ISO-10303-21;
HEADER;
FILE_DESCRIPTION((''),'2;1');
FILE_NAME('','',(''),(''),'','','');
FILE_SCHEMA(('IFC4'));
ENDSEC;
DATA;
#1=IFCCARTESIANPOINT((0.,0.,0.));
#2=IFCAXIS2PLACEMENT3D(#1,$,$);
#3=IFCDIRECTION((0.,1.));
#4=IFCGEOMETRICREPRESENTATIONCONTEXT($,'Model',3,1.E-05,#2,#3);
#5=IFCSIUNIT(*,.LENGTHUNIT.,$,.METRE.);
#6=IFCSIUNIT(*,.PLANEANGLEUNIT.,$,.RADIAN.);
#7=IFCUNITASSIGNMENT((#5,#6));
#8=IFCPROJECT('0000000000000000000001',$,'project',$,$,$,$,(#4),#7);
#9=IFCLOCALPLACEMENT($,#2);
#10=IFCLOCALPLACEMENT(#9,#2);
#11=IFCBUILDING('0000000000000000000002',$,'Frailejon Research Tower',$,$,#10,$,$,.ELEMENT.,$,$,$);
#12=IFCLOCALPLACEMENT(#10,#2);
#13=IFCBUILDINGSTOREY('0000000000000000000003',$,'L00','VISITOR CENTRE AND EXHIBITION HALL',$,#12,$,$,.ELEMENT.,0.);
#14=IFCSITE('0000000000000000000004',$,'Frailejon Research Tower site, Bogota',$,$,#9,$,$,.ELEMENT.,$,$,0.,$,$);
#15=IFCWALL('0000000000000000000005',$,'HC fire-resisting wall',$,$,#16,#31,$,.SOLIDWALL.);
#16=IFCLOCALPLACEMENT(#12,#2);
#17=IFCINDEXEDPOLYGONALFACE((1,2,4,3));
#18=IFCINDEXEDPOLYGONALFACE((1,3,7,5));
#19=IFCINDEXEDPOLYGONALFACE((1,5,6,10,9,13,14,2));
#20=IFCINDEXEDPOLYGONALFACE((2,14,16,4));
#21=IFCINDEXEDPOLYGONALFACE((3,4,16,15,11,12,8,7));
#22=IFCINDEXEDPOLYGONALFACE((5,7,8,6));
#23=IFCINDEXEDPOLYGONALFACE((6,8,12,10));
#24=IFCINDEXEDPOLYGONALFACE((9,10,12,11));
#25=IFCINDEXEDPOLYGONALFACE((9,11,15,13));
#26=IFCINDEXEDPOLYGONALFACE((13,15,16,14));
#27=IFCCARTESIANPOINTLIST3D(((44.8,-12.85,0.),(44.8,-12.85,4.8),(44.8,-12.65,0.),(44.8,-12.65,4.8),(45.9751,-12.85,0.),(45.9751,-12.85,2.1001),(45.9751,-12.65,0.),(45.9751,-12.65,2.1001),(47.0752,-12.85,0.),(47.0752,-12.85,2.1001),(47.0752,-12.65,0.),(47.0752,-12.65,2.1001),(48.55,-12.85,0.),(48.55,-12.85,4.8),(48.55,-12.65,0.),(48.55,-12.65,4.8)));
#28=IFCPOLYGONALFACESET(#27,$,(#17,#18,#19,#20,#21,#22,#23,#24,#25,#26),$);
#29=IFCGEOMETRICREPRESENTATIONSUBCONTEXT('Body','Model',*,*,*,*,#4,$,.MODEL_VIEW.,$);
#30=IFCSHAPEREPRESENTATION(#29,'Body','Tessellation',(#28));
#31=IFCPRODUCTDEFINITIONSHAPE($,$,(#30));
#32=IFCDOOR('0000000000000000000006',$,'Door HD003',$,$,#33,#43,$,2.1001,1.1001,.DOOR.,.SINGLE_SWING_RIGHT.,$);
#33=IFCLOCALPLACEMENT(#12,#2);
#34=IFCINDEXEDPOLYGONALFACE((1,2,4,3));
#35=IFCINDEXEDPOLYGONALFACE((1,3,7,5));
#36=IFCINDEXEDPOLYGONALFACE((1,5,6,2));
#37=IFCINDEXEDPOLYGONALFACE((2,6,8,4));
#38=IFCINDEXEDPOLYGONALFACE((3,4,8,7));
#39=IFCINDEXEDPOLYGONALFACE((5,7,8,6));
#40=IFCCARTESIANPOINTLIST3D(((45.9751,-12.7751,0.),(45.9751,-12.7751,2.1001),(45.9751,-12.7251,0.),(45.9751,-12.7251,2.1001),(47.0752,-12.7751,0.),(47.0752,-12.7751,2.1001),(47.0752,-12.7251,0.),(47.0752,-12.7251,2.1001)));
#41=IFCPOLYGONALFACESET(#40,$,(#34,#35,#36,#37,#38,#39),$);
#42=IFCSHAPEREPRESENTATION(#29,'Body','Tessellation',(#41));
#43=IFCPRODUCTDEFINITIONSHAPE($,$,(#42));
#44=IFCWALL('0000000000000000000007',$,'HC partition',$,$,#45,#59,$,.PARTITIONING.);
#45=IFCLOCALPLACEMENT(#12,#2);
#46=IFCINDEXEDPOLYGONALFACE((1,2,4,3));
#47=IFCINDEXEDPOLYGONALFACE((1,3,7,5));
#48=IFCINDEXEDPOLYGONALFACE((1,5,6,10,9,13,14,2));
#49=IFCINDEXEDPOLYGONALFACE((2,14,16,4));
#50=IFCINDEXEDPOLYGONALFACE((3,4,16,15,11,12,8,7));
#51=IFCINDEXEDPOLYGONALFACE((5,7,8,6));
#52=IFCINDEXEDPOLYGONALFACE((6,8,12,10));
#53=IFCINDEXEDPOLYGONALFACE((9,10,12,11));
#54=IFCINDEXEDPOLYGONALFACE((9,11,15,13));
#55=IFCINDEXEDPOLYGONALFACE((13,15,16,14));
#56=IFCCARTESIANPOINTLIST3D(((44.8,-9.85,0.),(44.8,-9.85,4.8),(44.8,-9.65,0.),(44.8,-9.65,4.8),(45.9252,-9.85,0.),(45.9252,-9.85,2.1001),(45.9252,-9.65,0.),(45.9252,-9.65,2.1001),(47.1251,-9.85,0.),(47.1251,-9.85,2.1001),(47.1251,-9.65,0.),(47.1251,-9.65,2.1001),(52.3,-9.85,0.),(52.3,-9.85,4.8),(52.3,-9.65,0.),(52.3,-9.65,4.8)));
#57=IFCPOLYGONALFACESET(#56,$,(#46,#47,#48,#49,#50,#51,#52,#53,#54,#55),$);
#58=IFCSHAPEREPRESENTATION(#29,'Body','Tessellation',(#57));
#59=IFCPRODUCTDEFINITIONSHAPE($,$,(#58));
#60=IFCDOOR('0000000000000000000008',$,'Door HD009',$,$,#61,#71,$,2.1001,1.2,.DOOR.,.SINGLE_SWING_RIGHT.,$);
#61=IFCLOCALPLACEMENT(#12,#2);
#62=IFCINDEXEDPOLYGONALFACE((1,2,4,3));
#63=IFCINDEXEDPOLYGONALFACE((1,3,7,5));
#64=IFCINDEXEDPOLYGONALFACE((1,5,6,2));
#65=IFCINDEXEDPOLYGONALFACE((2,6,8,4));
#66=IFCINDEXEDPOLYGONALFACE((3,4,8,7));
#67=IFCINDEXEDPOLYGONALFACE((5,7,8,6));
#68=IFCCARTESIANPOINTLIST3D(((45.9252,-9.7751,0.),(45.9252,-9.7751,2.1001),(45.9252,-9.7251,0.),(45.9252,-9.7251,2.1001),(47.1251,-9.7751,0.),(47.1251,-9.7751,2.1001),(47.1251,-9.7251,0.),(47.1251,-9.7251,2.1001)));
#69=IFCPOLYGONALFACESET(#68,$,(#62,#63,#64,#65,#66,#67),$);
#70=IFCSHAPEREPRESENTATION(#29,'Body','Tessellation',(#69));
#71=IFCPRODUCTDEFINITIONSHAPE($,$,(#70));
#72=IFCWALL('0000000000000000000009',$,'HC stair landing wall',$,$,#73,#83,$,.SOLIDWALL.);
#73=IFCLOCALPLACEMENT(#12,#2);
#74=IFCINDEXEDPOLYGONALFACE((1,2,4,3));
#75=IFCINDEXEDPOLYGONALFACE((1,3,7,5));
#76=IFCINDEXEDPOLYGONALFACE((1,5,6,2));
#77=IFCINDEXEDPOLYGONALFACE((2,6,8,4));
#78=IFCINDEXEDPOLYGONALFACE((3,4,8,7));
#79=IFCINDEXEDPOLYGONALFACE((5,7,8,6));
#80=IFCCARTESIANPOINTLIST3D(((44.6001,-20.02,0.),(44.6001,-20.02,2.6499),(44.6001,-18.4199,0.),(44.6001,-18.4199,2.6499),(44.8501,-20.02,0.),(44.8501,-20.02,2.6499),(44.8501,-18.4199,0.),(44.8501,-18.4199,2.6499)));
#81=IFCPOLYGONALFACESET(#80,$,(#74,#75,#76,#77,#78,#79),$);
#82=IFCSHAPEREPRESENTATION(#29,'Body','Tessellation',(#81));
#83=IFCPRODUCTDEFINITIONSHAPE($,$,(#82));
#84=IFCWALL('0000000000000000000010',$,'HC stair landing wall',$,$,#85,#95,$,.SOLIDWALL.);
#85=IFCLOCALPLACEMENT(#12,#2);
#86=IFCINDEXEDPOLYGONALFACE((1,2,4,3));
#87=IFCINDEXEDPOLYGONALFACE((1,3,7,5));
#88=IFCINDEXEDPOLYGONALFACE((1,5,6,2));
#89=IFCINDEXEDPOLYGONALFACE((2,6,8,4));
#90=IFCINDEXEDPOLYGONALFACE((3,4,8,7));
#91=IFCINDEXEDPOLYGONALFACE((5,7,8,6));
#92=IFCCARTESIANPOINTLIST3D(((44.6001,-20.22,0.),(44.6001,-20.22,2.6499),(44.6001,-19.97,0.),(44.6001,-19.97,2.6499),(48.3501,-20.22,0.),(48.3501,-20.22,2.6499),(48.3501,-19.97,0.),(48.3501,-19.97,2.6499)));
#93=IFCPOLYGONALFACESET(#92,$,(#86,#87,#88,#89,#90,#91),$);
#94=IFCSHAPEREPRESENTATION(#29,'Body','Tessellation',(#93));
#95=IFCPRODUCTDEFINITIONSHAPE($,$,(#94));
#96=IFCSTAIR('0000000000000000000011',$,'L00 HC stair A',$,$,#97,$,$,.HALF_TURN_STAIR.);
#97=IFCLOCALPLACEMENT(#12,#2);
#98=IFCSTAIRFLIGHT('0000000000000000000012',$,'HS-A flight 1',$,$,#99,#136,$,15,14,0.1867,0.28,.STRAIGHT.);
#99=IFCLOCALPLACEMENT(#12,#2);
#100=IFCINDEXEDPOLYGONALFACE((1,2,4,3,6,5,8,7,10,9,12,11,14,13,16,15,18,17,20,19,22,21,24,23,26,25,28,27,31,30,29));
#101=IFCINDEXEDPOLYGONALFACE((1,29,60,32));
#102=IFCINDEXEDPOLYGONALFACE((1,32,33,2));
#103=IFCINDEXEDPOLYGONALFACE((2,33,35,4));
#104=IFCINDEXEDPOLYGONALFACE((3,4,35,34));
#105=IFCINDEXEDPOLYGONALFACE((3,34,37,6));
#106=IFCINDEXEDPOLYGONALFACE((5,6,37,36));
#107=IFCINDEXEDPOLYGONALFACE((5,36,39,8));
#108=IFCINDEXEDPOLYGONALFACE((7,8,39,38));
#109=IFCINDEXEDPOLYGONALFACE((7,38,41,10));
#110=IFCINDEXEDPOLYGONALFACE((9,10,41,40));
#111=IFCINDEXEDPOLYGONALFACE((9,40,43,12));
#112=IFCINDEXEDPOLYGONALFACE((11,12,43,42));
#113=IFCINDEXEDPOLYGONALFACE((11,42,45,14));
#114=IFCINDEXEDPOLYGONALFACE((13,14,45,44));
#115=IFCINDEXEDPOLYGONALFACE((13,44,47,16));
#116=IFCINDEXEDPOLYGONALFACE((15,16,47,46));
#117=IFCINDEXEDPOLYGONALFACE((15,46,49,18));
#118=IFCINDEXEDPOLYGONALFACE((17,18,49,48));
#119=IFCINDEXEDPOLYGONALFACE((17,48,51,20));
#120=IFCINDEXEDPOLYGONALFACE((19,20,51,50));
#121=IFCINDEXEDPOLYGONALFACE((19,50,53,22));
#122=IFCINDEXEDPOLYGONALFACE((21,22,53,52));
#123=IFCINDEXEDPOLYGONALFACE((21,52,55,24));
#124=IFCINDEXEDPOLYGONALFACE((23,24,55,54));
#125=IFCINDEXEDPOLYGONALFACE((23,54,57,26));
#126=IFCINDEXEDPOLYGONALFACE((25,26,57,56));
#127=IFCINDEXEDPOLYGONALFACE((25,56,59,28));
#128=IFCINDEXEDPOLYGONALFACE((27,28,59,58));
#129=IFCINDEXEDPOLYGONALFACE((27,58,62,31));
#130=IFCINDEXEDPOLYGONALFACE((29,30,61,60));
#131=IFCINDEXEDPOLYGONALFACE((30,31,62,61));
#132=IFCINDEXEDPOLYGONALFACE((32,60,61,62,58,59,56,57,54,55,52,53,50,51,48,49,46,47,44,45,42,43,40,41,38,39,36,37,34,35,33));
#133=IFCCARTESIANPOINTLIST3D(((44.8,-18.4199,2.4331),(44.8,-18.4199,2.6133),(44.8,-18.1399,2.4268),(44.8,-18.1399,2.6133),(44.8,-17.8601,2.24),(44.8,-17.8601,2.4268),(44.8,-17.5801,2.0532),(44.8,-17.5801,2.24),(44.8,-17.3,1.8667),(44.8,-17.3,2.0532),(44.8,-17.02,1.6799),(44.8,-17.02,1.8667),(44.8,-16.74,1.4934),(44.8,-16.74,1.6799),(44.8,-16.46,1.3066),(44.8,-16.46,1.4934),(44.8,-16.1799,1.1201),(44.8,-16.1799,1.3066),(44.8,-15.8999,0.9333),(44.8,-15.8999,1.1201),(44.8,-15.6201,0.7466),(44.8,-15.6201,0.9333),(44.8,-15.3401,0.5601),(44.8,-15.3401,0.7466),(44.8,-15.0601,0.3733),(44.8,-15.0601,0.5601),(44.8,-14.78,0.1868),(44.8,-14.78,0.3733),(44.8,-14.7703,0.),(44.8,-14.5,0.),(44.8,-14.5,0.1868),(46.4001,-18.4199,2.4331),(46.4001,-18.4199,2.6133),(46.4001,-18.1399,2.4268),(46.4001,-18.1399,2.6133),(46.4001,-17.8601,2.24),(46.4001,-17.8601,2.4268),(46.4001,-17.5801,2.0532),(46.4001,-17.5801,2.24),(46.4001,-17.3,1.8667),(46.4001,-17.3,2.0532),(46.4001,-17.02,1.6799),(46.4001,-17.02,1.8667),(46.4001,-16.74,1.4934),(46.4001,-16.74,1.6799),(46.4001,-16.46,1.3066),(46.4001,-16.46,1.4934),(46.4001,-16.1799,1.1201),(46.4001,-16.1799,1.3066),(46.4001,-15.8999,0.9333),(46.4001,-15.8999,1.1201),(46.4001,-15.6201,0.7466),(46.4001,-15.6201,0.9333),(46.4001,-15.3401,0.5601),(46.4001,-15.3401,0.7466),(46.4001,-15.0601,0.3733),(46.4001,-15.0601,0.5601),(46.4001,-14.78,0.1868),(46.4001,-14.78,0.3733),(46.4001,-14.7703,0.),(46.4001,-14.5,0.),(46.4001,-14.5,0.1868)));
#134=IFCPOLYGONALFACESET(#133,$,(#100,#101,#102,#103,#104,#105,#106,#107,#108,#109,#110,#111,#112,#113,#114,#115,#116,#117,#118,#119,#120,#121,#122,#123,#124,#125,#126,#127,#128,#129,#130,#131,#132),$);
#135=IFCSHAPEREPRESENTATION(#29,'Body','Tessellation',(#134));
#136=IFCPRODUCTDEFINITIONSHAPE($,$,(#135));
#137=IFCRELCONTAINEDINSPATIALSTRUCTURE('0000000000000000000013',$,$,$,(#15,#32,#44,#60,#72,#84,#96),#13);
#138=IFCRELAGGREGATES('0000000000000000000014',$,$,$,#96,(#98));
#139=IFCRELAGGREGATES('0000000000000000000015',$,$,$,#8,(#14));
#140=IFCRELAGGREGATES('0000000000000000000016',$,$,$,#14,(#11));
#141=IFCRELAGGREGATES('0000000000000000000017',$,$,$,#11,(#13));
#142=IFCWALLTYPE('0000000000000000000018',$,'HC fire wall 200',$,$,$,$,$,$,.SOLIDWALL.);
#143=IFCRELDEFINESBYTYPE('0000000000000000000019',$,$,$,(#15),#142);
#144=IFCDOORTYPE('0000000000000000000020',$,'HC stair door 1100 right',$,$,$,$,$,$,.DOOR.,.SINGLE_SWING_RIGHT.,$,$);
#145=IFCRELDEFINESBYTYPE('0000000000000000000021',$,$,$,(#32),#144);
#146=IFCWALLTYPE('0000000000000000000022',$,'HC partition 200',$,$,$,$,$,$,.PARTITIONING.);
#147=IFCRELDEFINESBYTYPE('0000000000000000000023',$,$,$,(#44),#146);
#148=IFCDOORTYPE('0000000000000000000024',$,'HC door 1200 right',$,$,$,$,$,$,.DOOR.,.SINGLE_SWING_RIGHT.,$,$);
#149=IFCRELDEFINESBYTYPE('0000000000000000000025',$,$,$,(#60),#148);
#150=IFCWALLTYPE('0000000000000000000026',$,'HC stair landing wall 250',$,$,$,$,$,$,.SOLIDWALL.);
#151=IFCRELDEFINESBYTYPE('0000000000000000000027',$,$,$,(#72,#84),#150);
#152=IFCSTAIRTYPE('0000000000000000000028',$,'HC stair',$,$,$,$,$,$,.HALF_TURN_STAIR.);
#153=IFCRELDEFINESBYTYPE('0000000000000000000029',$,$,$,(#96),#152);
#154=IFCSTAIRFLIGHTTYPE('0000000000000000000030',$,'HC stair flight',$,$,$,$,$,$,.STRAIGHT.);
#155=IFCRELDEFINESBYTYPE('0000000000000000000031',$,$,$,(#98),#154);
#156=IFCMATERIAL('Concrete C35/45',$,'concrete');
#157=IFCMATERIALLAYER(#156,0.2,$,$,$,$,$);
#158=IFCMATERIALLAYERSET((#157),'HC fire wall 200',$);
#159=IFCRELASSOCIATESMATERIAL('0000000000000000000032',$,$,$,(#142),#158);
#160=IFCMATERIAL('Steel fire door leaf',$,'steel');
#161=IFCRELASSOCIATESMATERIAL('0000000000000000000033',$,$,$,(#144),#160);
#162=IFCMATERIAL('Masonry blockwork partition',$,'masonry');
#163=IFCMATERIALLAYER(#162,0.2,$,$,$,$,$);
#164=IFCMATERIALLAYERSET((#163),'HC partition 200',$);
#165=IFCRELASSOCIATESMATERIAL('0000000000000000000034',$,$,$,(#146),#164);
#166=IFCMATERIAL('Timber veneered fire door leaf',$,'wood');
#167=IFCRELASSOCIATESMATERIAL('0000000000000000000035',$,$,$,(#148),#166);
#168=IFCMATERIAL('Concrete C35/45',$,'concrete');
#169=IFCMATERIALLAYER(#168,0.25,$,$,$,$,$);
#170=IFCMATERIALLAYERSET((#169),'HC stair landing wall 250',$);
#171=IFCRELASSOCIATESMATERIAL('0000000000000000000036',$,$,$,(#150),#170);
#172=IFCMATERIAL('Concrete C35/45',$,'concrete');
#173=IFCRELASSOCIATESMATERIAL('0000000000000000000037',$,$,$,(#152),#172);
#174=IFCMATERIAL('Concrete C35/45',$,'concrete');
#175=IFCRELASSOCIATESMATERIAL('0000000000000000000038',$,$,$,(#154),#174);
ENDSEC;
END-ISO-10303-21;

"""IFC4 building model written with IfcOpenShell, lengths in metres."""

from ifc_helpers import new_model, si_unit, direction, frame, frame_2d, origin, place, context, subcontext, project, spatial, polyline, rectangle, outline, extrude, material, layer, layer_set, type_object, element, fill, aggregate, save


model = new_model("IFC4")

# Units and contexts
model_context = context("Model", 3, precision=1e-05, world=origin(), true_north=direction((0.0, 1.0)))
body_context = subcontext(model_context, "Body", "Model", "MODEL_VIEW")
ifc_project = project(units=[si_unit("LENGTHUNIT", "METRE"), si_unit("PLANEANGLEUNIT", "RADIAN")], contexts=[model_context])

# Site, building, storey
site_placement = place(None, origin())
site = spatial("IfcSite", under=ifc_project, at=site_placement, Name="Frailejon Research Tower site, Bogota", CompositionType="ELEMENT", RefElevation=0.0)
building_placement = place(site_placement, origin())
building = spatial("IfcBuilding", under=site, at=building_placement, Name="Frailejon Research Tower", CompositionType="ELEMENT")
storey_placement = place(building_placement, origin())
storey = spatial("IfcBuildingStorey", under=building, at=storey_placement, Name="L00", Description="VISITOR CENTRE AND EXHIBITION HALL", CompositionType="ELEMENT", Elevation=0.0)

# Walls, openings, doors
ifc_material_1 = material(Name="Concrete C35/45", Category="concrete")
ifc_layer_1 = layer(ifc_material_1, 0.2)
ifc_layer_set_1 = layer_set([ifc_layer_1], Name="HC fire wall 200")
wall_type_1 = type_object("IfcWallType", Name="HC fire wall 200", PredefinedType="SOLIDWALL", material=ifc_layer_set_1)
wall_1_placement = place(storey_placement, frame((44.8, -12.75, 0.0), z_axis=(0.0, 0.0, 1.0), x_axis=(1.0, 0.0, 0.0)))
wall_1 = element("IfcWall", 1, at=wall_1_placement, inside=storey, type_object=wall_type_1, Name="HC fire-resisting wall", PredefinedType="SOLIDWALL", context=body_context, shape_type="SweptSolid", body=[
    extrude(rectangle(XDim=3.75, YDim=0.2, at=frame_2d((1.875, 0.0))), origin(), (0.0, 0.0, 1.0), 4.8),
])
opening_1_placement = place(wall_1_placement, frame((1.175, 0.0, 0.0)))
opening_1 = element("IfcOpeningElement", 2, at=opening_1_placement, cuts=wall_1, PredefinedType="OPENING", context=body_context, shape_type="SweptSolid", body=[
    extrude(rectangle(XDim=1.1001, YDim=2.1001, at=frame_2d((0.55, 1.05))), frame((0.0, 0.1099, 0.0), z_axis=(0.0, -1.0, 0.0), x_axis=(1.0, 0.0, 0.0)), (0.0, 0.0, 1.0), 0.22),
])
ifc_material_2 = material(Name="Steel fire door leaf", Category="steel")
door_type_1 = type_object("IfcDoorType", Name="HC stair door 1100 right", OperationType="SINGLE_SWING_RIGHT", PredefinedType="DOOR", material=ifc_material_2)
door_1_placement = place(opening_1_placement, origin())
door_1 = element("IfcDoor", 3, at=door_1_placement, inside=storey, type_object=door_type_1, Name="Door HD003", OperationType="SINGLE_SWING_RIGHT", OverallHeight=2.1001, OverallWidth=1.1001, PredefinedType="DOOR", context=body_context, shape_type="SweptSolid", body=[
    extrude(rectangle(XDim=1.1001, YDim=2.1001, at=frame_2d((0.55, 1.05))), frame((0.0, 0.0249, 0.0), z_axis=(0.0, -1.0, 0.0), x_axis=(1.0, 0.0, 0.0)), (0.0, 0.0, 1.0), 0.05),
])
fill(opening_1, door_1)
ifc_material_3 = material(Name="Masonry blockwork partition", Category="masonry")
ifc_layer_2 = layer(ifc_material_3, 0.2)
ifc_layer_set_2 = layer_set([ifc_layer_2], Name="HC partition 200")
wall_type_2 = type_object("IfcWallType", Name="HC partition 200", PredefinedType="PARTITIONING", material=ifc_layer_set_2)
wall_2_placement = place(storey_placement, frame((44.8, -9.75, 0.0), z_axis=(0.0, 0.0, 1.0), x_axis=(1.0, 0.0, 0.0)))
wall_2 = element("IfcWall", 4, at=wall_2_placement, inside=storey, type_object=wall_type_2, Name="HC partition", PredefinedType="PARTITIONING", context=body_context, shape_type="SweptSolid", body=[
    extrude(rectangle(XDim=7.5, YDim=0.2, at=frame_2d((3.75, 0.0))), origin(), (0.0, 0.0, 1.0), 4.8),
])
opening_2_placement = place(wall_2_placement, frame((1.125, 0.0, 0.0)))
opening_2 = element("IfcOpeningElement", 5, at=opening_2_placement, cuts=wall_2, PredefinedType="OPENING", context=body_context, shape_type="SweptSolid", body=[
    extrude(rectangle(XDim=1.2, YDim=2.1001, at=frame_2d((0.6001, 1.05))), frame((0.0, 0.1099, 0.0), z_axis=(0.0, -1.0, 0.0), x_axis=(1.0, 0.0, 0.0)), (0.0, 0.0, 1.0), 0.22),
])
ifc_material_4 = material(Name="Timber veneered fire door leaf", Category="wood")
door_type_2 = type_object("IfcDoorType", Name="HC door 1200 right", OperationType="SINGLE_SWING_RIGHT", PredefinedType="DOOR", material=ifc_material_4)
door_2_placement = place(opening_2_placement, origin())
door_2 = element("IfcDoor", 6, at=door_2_placement, inside=storey, type_object=door_type_2, Name="Door HD009", OperationType="SINGLE_SWING_RIGHT", OverallHeight=2.1001, OverallWidth=1.2, PredefinedType="DOOR", context=body_context, shape_type="SweptSolid", body=[
    extrude(rectangle(XDim=1.2, YDim=2.1001, at=frame_2d((0.6001, 1.05))), frame((0.0, 0.0249, 0.0), z_axis=(0.0, -1.0, 0.0), x_axis=(1.0, 0.0, 0.0)), (0.0, 0.0, 1.0), 0.05),
])
fill(opening_2, door_2)

# Walls
ifc_material_5 = material(Name="Concrete C35/45", Category="concrete")
ifc_layer_3 = layer(ifc_material_5, 0.25)
ifc_layer_set_3 = layer_set([ifc_layer_3], Name="HC stair landing wall 250")
wall_type_3 = type_object("IfcWallType", Name="HC stair landing wall 250", PredefinedType="SOLIDWALL", material=ifc_layer_set_3)
wall_3_placement = place(storey_placement, frame((44.7251, -20.02, 0.0), z_axis=(0.0, 0.0, 1.0), x_axis=(0.0, 1.0, 0.0)))
element("IfcWall", 7, at=wall_3_placement, inside=storey, type_object=wall_type_3, Name="HC stair landing wall", PredefinedType="SOLIDWALL", context=body_context, shape_type="SweptSolid", body=[
    extrude(rectangle(XDim=1.6001, YDim=0.25, at=frame_2d((0.8, 0.0))), origin(), (0.0, 0.0, 1.0), 2.6499),
])
wall_4_placement = place(storey_placement, frame((44.6001, -20.095, 0.0), z_axis=(0.0, 0.0, 1.0), x_axis=(1.0, 0.0, 0.0)))
element("IfcWall", 8, at=wall_4_placement, inside=storey, type_object=wall_type_3, Name="HC stair landing wall", PredefinedType="SOLIDWALL", context=body_context, shape_type="SweptSolid", body=[
    extrude(rectangle(XDim=3.75, YDim=0.25, at=frame_2d((1.875, 0.0))), origin(), (0.0, 0.0, 1.0), 2.6499),
])

# Stair, stair flight
ifc_material_6 = material(Name="Concrete C35/45", Category="concrete")
stair_type = type_object("IfcStairType", Name="HC stair", PredefinedType="HALF_TURN_STAIR", material=ifc_material_6)
stair_placement = place(storey_placement, origin())
stair = element("IfcStair", 9, at=stair_placement, inside=storey, type_object=stair_type, Name="L00 HC stair A", PredefinedType="HALF_TURN_STAIR")
ifc_material_7 = material(Name="Concrete C35/45", Category="concrete")
stair_flight_type = type_object("IfcStairFlightType", Name="HC stair flight", PredefinedType="STRAIGHT", material=ifc_material_7)
stair_flight_1_placement = place(storey_placement, frame((45.6001, -14.5, 0.0), z_axis=(0.0, 0.0, 1.0), x_axis=(0.0, -1.0, 0.0)))
stair_flight_1 = element("IfcStairFlight", 10, at=stair_flight_1_placement, type_object=stair_flight_type, Name="HS-A flight 1", NumberOfRisers=15, NumberOfTreads=14, PredefinedType="STRAIGHT", RiserHeight=0.1867, TreadLength=0.28, context=body_context, shape_type="SweptSolid", body=[
    extrude(outline(polyline([(0.0, 0.0), (0.0, 0.1868), (0.28, 0.1868), (0.28, 0.3733), (0.5601, 0.3733), (0.5601, 0.5601), (0.8401, 0.5601), (0.8401, 0.7466), (1.1201, 0.7466), (1.1201, 0.9333), (1.3999, 0.9333), (1.3999, 1.1201), (1.6799, 1.1201), (1.6799, 1.3066), (1.96, 1.3066), (1.96, 1.4934), (2.24, 1.4934), (2.24, 1.6799), (2.52, 1.6799), (2.52, 1.8667), (2.8, 1.8667), (2.8, 2.0532), (3.0801, 2.0532), (3.0801, 2.24), (3.3601, 2.24), (3.3601, 2.4268), (3.6399, 2.4268), (3.6399, 2.6133), (3.9199, 2.6133), (3.9199, 2.8), (3.9199, 2.4331), (0.2703, 0.0), (0.0, 0.0)])), frame((0.0, 0.8, 0.0), z_axis=(0.0, -1.0, 0.0), x_axis=(1.0, 0.0, 0.0)), (0.0, 0.0, 1.0), 1.6001),
])
aggregate(stair, [stair_flight_1])

save(model, "model.ifc")
